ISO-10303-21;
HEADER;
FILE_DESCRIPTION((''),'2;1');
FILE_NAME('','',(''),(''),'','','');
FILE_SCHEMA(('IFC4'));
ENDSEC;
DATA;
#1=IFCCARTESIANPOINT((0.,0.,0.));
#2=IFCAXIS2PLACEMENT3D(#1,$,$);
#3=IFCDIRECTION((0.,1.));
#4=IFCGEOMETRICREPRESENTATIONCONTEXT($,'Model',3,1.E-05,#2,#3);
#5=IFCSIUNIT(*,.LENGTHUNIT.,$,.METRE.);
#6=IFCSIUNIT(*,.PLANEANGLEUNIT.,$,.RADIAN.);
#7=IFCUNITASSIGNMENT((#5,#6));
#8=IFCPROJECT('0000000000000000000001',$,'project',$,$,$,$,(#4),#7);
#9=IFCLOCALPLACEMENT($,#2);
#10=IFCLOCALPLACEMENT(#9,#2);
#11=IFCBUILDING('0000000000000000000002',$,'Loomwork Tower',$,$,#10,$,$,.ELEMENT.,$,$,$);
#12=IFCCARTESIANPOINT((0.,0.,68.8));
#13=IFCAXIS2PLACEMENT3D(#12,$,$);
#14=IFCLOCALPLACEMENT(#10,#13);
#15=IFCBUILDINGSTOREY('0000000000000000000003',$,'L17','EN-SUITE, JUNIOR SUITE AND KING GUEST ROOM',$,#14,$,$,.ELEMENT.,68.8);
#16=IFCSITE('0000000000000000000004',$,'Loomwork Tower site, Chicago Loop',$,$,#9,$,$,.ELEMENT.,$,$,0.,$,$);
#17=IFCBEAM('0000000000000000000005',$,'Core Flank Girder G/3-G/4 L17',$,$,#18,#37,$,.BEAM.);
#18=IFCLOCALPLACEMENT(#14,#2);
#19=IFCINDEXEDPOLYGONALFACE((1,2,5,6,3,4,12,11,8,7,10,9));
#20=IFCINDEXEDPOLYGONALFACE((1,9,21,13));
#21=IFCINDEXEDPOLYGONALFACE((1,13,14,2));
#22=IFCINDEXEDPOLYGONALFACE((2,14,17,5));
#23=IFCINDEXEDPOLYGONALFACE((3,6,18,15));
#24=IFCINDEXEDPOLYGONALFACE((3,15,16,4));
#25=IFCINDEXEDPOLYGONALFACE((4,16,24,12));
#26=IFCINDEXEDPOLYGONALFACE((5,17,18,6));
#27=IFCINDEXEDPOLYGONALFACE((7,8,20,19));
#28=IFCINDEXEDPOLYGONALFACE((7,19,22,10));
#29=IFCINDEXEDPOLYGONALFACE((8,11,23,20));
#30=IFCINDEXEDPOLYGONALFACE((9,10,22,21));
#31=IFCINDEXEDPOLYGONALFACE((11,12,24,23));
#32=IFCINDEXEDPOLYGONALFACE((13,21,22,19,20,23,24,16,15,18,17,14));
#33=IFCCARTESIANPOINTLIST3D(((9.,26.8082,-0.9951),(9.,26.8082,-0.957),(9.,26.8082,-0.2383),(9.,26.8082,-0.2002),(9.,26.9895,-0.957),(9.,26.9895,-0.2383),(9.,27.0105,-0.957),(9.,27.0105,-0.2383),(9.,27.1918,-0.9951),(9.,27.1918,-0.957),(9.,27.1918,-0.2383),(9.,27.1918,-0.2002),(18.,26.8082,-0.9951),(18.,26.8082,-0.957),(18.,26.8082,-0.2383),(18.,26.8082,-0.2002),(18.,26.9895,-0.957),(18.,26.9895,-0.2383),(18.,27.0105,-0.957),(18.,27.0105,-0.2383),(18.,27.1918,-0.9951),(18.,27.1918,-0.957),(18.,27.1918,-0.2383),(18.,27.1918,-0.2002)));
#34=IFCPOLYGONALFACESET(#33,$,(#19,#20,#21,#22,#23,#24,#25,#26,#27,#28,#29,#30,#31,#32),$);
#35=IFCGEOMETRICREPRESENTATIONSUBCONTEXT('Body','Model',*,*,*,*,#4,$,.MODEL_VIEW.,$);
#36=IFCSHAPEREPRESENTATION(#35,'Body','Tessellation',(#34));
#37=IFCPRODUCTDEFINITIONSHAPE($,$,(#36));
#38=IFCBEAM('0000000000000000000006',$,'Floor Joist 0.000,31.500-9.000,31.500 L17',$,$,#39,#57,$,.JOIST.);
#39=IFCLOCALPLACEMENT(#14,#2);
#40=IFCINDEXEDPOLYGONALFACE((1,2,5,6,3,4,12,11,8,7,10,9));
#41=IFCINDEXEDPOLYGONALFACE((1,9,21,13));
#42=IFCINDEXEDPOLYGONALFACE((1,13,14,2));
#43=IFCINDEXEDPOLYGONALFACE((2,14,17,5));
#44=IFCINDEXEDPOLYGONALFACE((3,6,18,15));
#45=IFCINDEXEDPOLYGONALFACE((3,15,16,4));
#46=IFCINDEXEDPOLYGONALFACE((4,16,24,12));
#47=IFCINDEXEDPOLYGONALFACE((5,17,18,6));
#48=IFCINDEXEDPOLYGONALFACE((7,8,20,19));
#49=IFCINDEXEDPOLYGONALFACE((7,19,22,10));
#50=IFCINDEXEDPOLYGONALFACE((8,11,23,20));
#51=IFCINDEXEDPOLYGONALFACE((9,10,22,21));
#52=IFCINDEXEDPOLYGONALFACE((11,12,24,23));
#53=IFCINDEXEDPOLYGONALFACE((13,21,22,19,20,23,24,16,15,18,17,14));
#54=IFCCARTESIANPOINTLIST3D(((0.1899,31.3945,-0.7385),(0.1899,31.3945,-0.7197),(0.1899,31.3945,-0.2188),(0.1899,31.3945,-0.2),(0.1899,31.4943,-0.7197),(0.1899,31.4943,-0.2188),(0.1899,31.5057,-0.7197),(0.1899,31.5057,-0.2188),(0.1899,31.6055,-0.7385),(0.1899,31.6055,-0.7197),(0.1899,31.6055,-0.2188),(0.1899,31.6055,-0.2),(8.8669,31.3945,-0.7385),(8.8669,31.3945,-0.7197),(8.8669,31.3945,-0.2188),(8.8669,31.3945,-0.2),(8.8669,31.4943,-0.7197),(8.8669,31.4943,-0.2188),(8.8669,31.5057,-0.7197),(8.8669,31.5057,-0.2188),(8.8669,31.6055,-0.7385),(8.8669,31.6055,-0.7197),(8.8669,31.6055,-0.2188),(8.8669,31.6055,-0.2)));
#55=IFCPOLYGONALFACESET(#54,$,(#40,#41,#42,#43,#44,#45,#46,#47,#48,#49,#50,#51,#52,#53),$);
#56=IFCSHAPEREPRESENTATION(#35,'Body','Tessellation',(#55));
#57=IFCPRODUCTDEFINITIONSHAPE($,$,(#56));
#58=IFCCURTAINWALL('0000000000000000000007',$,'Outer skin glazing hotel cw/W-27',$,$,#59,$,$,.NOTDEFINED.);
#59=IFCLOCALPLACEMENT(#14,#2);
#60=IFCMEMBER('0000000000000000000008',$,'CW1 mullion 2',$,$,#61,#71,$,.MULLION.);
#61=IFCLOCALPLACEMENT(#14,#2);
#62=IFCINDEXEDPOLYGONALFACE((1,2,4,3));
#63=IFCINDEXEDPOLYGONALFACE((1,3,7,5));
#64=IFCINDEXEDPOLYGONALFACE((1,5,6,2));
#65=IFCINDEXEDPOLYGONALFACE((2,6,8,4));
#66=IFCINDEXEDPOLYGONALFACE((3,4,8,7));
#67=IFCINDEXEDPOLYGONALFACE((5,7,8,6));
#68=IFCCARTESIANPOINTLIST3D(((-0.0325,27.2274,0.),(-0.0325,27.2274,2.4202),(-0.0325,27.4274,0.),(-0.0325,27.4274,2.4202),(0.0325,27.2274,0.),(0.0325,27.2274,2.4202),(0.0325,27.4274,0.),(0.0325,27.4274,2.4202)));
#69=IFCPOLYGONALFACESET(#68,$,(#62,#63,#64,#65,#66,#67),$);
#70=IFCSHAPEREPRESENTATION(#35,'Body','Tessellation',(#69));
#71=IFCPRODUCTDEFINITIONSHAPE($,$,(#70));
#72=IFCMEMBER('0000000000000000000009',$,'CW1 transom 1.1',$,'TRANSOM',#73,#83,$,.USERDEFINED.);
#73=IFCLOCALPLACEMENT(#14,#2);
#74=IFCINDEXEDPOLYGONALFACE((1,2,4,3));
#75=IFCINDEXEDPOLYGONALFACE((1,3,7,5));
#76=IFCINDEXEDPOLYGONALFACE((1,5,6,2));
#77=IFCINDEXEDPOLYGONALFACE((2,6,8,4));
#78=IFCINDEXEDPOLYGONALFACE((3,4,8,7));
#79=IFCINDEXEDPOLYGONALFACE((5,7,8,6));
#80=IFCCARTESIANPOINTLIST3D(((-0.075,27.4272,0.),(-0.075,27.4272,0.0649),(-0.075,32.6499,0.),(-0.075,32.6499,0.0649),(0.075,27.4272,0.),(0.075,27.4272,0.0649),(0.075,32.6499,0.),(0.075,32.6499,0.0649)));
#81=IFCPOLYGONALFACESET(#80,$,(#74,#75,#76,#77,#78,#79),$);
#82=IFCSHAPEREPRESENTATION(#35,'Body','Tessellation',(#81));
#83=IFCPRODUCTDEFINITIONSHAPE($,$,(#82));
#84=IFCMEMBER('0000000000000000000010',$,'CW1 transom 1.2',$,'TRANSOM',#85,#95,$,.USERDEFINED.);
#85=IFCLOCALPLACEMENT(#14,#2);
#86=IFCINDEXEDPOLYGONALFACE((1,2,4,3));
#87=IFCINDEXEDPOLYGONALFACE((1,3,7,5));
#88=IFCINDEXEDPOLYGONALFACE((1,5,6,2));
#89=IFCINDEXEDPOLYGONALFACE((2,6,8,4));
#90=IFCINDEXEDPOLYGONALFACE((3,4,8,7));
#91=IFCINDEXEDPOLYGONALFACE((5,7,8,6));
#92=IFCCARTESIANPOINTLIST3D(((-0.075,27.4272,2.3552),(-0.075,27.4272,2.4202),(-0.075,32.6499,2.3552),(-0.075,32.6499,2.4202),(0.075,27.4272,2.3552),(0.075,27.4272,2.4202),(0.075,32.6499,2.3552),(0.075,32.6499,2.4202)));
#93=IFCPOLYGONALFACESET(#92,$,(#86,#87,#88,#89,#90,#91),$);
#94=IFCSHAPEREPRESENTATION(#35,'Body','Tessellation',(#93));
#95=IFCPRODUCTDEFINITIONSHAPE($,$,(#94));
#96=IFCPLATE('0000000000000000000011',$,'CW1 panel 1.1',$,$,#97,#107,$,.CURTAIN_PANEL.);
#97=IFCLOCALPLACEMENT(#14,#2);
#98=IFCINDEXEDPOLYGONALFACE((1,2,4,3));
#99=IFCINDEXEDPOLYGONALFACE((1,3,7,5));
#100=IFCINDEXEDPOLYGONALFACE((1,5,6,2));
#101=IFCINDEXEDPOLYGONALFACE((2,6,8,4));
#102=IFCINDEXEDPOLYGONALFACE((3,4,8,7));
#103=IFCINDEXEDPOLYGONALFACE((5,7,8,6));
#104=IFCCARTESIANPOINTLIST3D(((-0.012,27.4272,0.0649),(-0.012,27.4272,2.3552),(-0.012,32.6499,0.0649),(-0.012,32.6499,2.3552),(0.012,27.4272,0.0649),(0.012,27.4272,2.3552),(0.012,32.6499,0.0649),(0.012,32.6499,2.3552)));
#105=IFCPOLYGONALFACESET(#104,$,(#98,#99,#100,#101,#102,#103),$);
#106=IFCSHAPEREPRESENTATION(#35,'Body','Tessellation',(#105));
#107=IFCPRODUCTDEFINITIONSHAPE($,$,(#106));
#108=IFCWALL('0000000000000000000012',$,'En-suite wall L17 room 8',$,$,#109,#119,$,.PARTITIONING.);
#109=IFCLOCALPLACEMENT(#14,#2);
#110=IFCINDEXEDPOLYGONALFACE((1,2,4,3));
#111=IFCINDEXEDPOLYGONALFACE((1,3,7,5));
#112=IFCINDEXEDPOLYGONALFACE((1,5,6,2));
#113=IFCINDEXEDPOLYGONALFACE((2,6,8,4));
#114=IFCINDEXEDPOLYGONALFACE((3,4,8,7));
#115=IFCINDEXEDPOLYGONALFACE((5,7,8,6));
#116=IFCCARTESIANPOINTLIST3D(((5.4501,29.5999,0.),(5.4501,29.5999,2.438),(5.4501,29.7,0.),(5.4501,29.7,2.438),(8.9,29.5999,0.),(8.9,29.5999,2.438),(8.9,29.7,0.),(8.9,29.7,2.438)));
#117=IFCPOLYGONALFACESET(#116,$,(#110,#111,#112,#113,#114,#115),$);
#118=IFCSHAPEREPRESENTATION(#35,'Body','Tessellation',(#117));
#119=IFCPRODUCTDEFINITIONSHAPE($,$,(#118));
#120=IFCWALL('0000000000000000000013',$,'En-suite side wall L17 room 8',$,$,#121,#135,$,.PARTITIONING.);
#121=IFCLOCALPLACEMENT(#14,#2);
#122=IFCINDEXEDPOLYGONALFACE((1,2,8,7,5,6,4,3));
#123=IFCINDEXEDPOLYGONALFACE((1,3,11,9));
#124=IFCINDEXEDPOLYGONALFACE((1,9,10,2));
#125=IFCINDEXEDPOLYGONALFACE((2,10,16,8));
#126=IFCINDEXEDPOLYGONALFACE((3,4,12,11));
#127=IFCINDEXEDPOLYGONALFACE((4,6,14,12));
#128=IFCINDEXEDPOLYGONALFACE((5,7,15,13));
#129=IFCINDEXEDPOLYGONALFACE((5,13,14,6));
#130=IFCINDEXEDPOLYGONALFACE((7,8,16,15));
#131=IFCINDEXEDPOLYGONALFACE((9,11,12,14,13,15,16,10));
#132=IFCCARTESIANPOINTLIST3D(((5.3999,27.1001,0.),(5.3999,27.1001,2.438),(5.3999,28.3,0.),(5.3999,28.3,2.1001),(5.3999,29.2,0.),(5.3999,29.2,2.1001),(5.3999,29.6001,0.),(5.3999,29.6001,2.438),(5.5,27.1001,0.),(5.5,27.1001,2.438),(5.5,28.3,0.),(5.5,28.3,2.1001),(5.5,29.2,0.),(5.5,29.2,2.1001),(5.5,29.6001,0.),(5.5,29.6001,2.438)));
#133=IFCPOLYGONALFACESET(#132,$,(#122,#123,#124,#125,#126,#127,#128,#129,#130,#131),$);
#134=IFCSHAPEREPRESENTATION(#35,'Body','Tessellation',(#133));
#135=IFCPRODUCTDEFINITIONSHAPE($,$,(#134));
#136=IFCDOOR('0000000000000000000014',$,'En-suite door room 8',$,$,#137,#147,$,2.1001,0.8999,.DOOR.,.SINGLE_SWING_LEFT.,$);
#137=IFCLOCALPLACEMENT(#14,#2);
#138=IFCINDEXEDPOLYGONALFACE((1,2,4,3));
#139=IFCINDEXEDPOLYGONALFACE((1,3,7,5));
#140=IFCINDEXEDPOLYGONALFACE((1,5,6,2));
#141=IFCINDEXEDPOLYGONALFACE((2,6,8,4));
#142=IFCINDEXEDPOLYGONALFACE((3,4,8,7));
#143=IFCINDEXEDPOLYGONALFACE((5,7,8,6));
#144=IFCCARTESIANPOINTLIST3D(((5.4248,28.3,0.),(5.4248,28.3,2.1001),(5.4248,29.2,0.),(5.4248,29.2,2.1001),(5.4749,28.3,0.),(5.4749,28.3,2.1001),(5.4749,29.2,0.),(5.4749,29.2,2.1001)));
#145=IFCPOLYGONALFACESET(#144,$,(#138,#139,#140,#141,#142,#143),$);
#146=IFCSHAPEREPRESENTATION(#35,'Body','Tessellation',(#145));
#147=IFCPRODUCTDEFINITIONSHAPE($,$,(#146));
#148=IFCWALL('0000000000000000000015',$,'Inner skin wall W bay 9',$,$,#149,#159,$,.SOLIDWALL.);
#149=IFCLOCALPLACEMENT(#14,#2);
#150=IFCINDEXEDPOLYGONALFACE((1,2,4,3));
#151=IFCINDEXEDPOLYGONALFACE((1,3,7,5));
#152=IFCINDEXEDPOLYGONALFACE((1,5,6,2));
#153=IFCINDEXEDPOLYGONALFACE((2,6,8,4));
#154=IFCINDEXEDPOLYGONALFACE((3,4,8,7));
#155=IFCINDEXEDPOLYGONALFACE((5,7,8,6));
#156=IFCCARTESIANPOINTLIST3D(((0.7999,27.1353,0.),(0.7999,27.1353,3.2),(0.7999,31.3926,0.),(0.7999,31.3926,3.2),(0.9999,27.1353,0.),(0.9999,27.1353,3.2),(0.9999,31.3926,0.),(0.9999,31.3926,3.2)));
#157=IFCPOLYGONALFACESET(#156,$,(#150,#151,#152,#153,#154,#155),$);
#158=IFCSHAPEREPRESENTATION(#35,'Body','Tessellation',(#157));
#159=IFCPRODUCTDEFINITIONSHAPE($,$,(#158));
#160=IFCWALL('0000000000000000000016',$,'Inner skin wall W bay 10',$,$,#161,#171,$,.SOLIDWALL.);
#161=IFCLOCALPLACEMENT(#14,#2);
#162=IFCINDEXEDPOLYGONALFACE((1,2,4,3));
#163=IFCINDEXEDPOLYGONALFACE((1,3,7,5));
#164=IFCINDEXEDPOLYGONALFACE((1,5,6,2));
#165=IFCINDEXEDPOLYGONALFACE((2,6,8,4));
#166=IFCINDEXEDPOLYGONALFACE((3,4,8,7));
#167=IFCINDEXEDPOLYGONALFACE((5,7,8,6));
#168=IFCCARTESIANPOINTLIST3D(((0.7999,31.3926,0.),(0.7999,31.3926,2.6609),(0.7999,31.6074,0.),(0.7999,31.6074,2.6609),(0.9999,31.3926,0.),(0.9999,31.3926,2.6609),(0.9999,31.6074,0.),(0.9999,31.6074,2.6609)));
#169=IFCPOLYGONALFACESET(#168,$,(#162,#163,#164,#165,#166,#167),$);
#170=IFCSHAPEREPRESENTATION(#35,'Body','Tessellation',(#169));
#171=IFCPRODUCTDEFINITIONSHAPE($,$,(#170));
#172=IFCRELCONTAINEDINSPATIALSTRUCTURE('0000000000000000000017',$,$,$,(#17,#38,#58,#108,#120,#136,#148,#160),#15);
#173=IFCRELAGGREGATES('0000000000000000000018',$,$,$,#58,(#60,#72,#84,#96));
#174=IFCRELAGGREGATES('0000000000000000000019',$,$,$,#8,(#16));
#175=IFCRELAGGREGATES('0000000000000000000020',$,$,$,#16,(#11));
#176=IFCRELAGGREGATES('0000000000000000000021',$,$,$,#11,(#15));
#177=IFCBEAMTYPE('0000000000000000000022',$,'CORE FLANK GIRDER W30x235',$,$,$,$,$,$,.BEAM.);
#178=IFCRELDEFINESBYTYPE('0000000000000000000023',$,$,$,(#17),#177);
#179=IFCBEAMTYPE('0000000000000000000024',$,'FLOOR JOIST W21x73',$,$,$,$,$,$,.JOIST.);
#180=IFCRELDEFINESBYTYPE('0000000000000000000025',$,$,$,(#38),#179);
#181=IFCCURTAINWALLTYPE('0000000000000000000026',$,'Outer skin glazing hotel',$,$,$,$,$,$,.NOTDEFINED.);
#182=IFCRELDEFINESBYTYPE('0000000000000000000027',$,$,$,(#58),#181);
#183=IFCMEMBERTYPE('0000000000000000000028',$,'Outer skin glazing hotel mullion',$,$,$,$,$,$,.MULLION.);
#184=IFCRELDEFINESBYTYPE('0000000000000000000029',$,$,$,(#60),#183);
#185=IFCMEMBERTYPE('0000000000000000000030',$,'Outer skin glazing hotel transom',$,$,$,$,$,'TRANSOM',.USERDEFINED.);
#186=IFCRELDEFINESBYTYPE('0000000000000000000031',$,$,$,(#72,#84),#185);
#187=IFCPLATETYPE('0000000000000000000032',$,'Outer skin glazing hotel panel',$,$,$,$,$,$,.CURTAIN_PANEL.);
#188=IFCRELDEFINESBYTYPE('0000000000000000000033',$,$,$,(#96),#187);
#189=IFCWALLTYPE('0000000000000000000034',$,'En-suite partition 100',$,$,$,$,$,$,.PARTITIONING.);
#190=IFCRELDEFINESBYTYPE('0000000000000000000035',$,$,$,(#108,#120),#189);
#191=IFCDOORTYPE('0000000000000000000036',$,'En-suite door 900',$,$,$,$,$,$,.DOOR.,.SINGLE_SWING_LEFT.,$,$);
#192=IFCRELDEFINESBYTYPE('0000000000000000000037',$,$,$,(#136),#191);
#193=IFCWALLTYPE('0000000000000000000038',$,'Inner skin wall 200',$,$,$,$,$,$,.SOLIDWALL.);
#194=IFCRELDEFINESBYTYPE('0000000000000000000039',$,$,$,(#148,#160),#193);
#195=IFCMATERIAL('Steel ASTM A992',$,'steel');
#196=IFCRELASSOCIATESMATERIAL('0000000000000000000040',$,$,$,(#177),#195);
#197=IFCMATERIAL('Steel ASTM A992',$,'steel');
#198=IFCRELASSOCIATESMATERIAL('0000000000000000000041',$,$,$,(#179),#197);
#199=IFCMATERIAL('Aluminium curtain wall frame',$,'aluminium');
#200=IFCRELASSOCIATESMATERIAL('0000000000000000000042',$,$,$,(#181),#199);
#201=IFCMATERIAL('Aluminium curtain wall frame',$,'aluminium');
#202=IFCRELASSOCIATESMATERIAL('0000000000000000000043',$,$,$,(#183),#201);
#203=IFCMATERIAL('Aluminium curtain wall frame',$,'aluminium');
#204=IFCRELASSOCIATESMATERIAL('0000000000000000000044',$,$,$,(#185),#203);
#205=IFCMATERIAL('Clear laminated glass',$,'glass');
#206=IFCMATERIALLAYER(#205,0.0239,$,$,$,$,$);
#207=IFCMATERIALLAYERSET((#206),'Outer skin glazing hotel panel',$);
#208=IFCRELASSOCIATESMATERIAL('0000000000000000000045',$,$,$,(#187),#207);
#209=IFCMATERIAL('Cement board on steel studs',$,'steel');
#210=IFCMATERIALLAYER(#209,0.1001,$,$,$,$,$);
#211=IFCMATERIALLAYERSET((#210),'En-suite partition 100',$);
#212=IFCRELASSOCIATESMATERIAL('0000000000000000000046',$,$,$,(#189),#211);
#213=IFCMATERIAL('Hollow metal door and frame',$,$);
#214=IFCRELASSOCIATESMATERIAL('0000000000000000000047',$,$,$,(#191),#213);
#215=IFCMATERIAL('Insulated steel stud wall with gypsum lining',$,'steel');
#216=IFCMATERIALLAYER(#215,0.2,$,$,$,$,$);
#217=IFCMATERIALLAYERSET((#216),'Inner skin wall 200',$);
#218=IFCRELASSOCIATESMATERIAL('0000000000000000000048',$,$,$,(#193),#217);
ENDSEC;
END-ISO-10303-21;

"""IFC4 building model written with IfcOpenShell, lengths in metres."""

from ifc_helpers import new_model, si_unit, direction, frame, frame_2d, origin, origin_2d, place, context, subcontext, project, spatial, rectangle, i_section, extrude, material, layer, layer_set, material_profile, profile_set, type_object, element, fill, aggregate, save


model = new_model("IFC4")

# Units and contexts
model_context = context("Model", 3, precision=1e-05, world=origin(), true_north=direction((0.0, 1.0)))
body_context = subcontext(model_context, "Body", "Model", "MODEL_VIEW")
ifc_project = project(units=[si_unit("LENGTHUNIT", "METRE"), si_unit("PLANEANGLEUNIT", "RADIAN")], contexts=[model_context])

# Site, building, storey
site_placement = place(None, origin())
site = spatial("IfcSite", under=ifc_project, at=site_placement, Name="Loomwork Tower site, Chicago Loop", CompositionType="ELEMENT", RefElevation=0.0)
building_placement = place(site_placement, origin())
building = spatial("IfcBuilding", under=site, at=building_placement, Name="Loomwork Tower", CompositionType="ELEMENT")
storey_placement = place(building_placement, frame((0.0, 0.0, 68.8)))
storey = spatial("IfcBuildingStorey", under=building, at=storey_placement, Name="L17", Description="EN-SUITE, JUNIOR SUITE AND KING GUEST ROOM", CompositionType="ELEMENT", Elevation=68.8)

# Beams
ifc_material_1 = material(Name="Steel ASTM A992", Category="steel")
ifc_material_profile_1 = material_profile(ifc_material_1, i_section(OverallWidth=0.3835, OverallDepth=0.7949, WebThickness=0.021, FlangeThickness=0.0381, at=origin_2d()), Name="W30x235")
ifc_profile_set_1 = profile_set([ifc_material_profile_1], Name="Steel ASTM A992")
beam_type_1 = type_object("IfcBeamType", Name="CORE FLANK GIRDER W30x235", PredefinedType="BEAM", material=ifc_profile_set_1)
beam_1_placement = place(storey_placement, frame((9.0, 27.0, -0.5977), z_axis=(1.0, 0.0, 0.0), x_axis=(0.0, 1.0, 0.0)))
element("IfcBeam", 1, at=beam_1_placement, inside=storey, type_object=beam_type_1, Name="Core Flank Girder G/3-G/4 L17", PredefinedType="BEAM", context=body_context, shape_type="SweptSolid", body=[
    extrude(i_section(OverallWidth=0.3835, OverallDepth=0.7949, WebThickness=0.021, FlangeThickness=0.0381, at=origin_2d()), origin(), (0.0, 0.0, 1.0), 9.0),
])
ifc_material_2 = material(Name="Steel ASTM A992", Category="steel")
ifc_material_profile_2 = material_profile(ifc_material_2, i_section(OverallWidth=0.2109, OverallDepth=0.5386, WebThickness=0.0115, FlangeThickness=0.0188, at=origin_2d()), Name="W21x73")
ifc_profile_set_2 = profile_set([ifc_material_profile_2], Name="Steel ASTM A992")
beam_type_2 = type_object("IfcBeamType", Name="FLOOR JOIST W21x73", PredefinedType="JOIST", material=ifc_profile_set_2)
beam_2_placement = place(storey_placement, frame((0.1899, 31.5, -0.4692), z_axis=(1.0, 0.0, 0.0), x_axis=(0.0, 1.0, 0.0)))
element("IfcBeam", 2, at=beam_2_placement, inside=storey, type_object=beam_type_2, Name="Floor Joist 0.000,31.500-9.000,31.500 L17", PredefinedType="JOIST", context=body_context, shape_type="SweptSolid", body=[
    extrude(i_section(OverallWidth=0.2109, OverallDepth=0.5386, WebThickness=0.0115, FlangeThickness=0.0188, at=origin_2d()), origin(), (0.0, 0.0, 1.0), 8.677),
])

# Curtain wall, members, plate
ifc_material_3 = material(Name="Aluminium curtain wall frame", Category="aluminium")
curtain_wall_type = type_object("IfcCurtainWallType", Name="Outer skin glazing hotel", PredefinedType="NOTDEFINED", material=ifc_material_3)
curtain_wall_placement = place(storey_placement, origin())
curtain_wall = element("IfcCurtainWall", 3, at=curtain_wall_placement, inside=storey, type_object=curtain_wall_type, Name="Outer skin glazing hotel cw/W-27", PredefinedType="NOTDEFINED")
ifc_material_4 = material(Name="Aluminium curtain wall frame", Category="aluminium")
ifc_material_profile_3 = material_profile(ifc_material_4, rectangle(XDim=0.0649, YDim=0.2, at=origin_2d()), Name="AL 65x200")
ifc_profile_set_3 = profile_set([ifc_material_profile_3], Name="Aluminium curtain wall frame")
member_type_1 = type_object("IfcMemberType", Name="Outer skin glazing hotel mullion", PredefinedType="MULLION", material=ifc_profile_set_3)
member_1_placement = place(storey_placement, frame((0.0, 27.3274, 0.0), z_axis=(0.0, 0.0, 1.0), x_axis=(1.0, 0.0, 0.0)))
member_1 = element("IfcMember", 4, at=member_1_placement, type_object=member_type_1, Name="CW1 mullion 2", PredefinedType="MULLION", context=body_context, shape_type="SweptSolid", body=[
    extrude(rectangle(XDim=0.0649, YDim=0.2, at=origin_2d()), origin(), (0.0, 0.0, 1.0), 2.4202),
])
ifc_material_5 = material(Name="Aluminium curtain wall frame", Category="aluminium")
ifc_material_profile_4 = material_profile(ifc_material_5, rectangle(XDim=0.1499, YDim=0.0649, at=origin_2d()), Name="AL 65x150")
ifc_profile_set_4 = profile_set([ifc_material_profile_4], Name="Aluminium curtain wall frame")
member_type_2 = type_object("IfcMemberType", Name="Outer skin glazing hotel transom", ElementType="TRANSOM", PredefinedType="USERDEFINED", material=ifc_profile_set_4)
member_2_placement = place(storey_placement, frame((0.0, 32.6499, 0.0325), z_axis=(0.0, -1.0, 0.0), x_axis=(1.0, 0.0, 0.0)))
member_2 = element("IfcMember", 5, at=member_2_placement, type_object=member_type_2, Name="CW1 transom 1.1", ObjectType="TRANSOM", PredefinedType="USERDEFINED", context=body_context, shape_type="SweptSolid", body=[
    extrude(rectangle(XDim=0.1499, YDim=0.0649, at=origin_2d()), origin(), (0.0, 0.0, 1.0), 5.2227),
])
member_3_placement = place(storey_placement, frame((0.0, 32.6499, 2.3877), z_axis=(0.0, -1.0, 0.0), x_axis=(1.0, 0.0, 0.0)))
member_3 = element("IfcMember", 6, at=member_3_placement, type_object=member_type_2, Name="CW1 transom 1.2", ObjectType="TRANSOM", PredefinedType="USERDEFINED", context=body_context, shape_type="SweptSolid", body=[
    extrude(rectangle(XDim=0.1499, YDim=0.0649, at=origin_2d()), origin(), (0.0, 0.0, 1.0), 5.2227),
])
ifc_material_6 = material(Name="Clear laminated glass", Category="glass")
ifc_layer_1 = layer(ifc_material_6, 0.0239)
ifc_layer_set_1 = layer_set([ifc_layer_1], Name="Outer skin glazing hotel panel")
plate_type = type_object("IfcPlateType", Name="Outer skin glazing hotel panel", PredefinedType="CURTAIN_PANEL", material=ifc_layer_set_1)
plate_placement = place(storey_placement, frame((0.0, 30.0386, 0.0649), z_axis=(0.0, 0.0, 1.0), x_axis=(0.0, -1.0, 0.0)))
plate = element("IfcPlate", 7, at=plate_placement, type_object=plate_type, Name="CW1 panel 1.1", PredefinedType="CURTAIN_PANEL", context=body_context, shape_type="SweptSolid", body=[
    extrude(rectangle(XDim=5.2227, YDim=0.0239, at=origin_2d()), origin(), (0.0, 0.0, 1.0), 2.2903),
])
aggregate(curtain_wall, [member_1, member_2, member_3, plate])

# Wall
ifc_material_7 = material(Name="Cement board on steel studs", Category="steel")
ifc_layer_2 = layer(ifc_material_7, 0.1001)
ifc_layer_set_2 = layer_set([ifc_layer_2], Name="En-suite partition 100")
wall_type_1 = type_object("IfcWallType", Name="En-suite partition 100", PredefinedType="PARTITIONING", material=ifc_layer_set_2)
wall_1_placement = place(storey_placement, frame((5.45, 29.6499, 0.0), z_axis=(0.0, 0.0, 1.0), x_axis=(1.0, 0.0, 0.0)))
element("IfcWall", 8, at=wall_1_placement, inside=storey, type_object=wall_type_1, Name="En-suite wall L17 room 8", PredefinedType="PARTITIONING", context=body_context, shape_type="SweptSolid", body=[
    extrude(rectangle(XDim=3.45, YDim=0.1001, at=frame_2d((1.7251, 0.0))), origin(), (0.0, 0.0, 1.0), 2.438),
])

# Wall, opening, door
wall_2_placement = place(storey_placement, frame((5.45, 27.1001, 0.0), z_axis=(0.0, 0.0, 1.0), x_axis=(0.0, 1.0, 0.0)))
wall_2 = element("IfcWall", 9, at=wall_2_placement, inside=storey, type_object=wall_type_1, Name="En-suite side wall L17 room 8", PredefinedType="PARTITIONING", context=body_context, shape_type="SweptSolid", body=[
    extrude(rectangle(XDim=2.5, YDim=0.1001, at=frame_2d((1.25, 0.0))), origin(), (0.0, 0.0, 1.0), 2.438),
])
opening_placement = place(wall_2_placement, frame((1.2, 0.0, 0.0)))
opening = element("IfcOpeningElement", 10, at=opening_placement, cuts=wall_2, PredefinedType="OPENING", context=body_context, shape_type="SweptSolid", body=[
    extrude(rectangle(XDim=0.8999, YDim=2.1001, at=frame_2d((0.45, 1.05))), frame((0.0, 0.0601, 0.0), z_axis=(0.0, -1.0, 0.0), x_axis=(1.0, 0.0, 0.0)), (0.0, 0.0, 1.0), 0.1201),
])
ifc_material_8 = material(Name="Hollow metal door and frame")
door_type = type_object("IfcDoorType", Name="En-suite door 900", OperationType="SINGLE_SWING_LEFT", PredefinedType="DOOR", material=ifc_material_8)
door_placement = place(opening_placement, frame((0.8999, 0.0, 0.0), z_axis=(0.0, 0.0, 1.0), x_axis=(-1.0, 0.0, 0.0)))
door = element("IfcDoor", 11, at=door_placement, inside=storey, type_object=door_type, Name="En-suite door room 8", OperationType="SINGLE_SWING_LEFT", OverallHeight=2.1001, OverallWidth=0.8999, PredefinedType="DOOR", context=body_context, shape_type="SweptSolid", body=[
    extrude(rectangle(XDim=0.8999, YDim=2.1001, at=frame_2d((0.45, 1.05))), frame((0.0, 0.0249, 0.0), z_axis=(0.0, -1.0, 0.0), x_axis=(1.0, 0.0, 0.0)), (0.0, 0.0, 1.0), 0.05),
])
fill(opening, door)

# Walls
ifc_material_9 = material(Name="Insulated steel stud wall with gypsum lining", Category="steel")
ifc_layer_3 = layer(ifc_material_9, 0.2)
ifc_layer_set_3 = layer_set([ifc_layer_3], Name="Inner skin wall 200")
wall_type_2 = type_object("IfcWallType", Name="Inner skin wall 200", PredefinedType="SOLIDWALL", material=ifc_layer_set_3)
wall_3_placement = place(storey_placement, frame((0.8999, 27.1353, 0.0), z_axis=(0.0, 0.0, 1.0), x_axis=(0.0, 1.0, 0.0)))
element("IfcWall", 12, at=wall_3_placement, inside=storey, type_object=wall_type_2, Name="Inner skin wall W bay 9", PredefinedType="SOLIDWALL", context=body_context, shape_type="SweptSolid", body=[
    extrude(rectangle(XDim=4.2573, YDim=0.2, at=frame_2d((2.1287, 0.0))), origin(), (0.0, 0.0, 1.0), 3.2),
])
wall_4_placement = place(storey_placement, frame((0.8999, 31.3926, 0.0), z_axis=(0.0, 0.0, 1.0), x_axis=(0.0, 1.0, 0.0)))
element("IfcWall", 13, at=wall_4_placement, inside=storey, type_object=wall_type_2, Name="Inner skin wall W bay 10", PredefinedType="SOLIDWALL", context=body_context, shape_type="SweptSolid", body=[
    extrude(rectangle(XDim=0.2148, YDim=0.2, at=frame_2d((0.1074, 0.0))), origin(), (0.0, 0.0, 1.0), 2.6609),
])

save(model, "model.ifc")
